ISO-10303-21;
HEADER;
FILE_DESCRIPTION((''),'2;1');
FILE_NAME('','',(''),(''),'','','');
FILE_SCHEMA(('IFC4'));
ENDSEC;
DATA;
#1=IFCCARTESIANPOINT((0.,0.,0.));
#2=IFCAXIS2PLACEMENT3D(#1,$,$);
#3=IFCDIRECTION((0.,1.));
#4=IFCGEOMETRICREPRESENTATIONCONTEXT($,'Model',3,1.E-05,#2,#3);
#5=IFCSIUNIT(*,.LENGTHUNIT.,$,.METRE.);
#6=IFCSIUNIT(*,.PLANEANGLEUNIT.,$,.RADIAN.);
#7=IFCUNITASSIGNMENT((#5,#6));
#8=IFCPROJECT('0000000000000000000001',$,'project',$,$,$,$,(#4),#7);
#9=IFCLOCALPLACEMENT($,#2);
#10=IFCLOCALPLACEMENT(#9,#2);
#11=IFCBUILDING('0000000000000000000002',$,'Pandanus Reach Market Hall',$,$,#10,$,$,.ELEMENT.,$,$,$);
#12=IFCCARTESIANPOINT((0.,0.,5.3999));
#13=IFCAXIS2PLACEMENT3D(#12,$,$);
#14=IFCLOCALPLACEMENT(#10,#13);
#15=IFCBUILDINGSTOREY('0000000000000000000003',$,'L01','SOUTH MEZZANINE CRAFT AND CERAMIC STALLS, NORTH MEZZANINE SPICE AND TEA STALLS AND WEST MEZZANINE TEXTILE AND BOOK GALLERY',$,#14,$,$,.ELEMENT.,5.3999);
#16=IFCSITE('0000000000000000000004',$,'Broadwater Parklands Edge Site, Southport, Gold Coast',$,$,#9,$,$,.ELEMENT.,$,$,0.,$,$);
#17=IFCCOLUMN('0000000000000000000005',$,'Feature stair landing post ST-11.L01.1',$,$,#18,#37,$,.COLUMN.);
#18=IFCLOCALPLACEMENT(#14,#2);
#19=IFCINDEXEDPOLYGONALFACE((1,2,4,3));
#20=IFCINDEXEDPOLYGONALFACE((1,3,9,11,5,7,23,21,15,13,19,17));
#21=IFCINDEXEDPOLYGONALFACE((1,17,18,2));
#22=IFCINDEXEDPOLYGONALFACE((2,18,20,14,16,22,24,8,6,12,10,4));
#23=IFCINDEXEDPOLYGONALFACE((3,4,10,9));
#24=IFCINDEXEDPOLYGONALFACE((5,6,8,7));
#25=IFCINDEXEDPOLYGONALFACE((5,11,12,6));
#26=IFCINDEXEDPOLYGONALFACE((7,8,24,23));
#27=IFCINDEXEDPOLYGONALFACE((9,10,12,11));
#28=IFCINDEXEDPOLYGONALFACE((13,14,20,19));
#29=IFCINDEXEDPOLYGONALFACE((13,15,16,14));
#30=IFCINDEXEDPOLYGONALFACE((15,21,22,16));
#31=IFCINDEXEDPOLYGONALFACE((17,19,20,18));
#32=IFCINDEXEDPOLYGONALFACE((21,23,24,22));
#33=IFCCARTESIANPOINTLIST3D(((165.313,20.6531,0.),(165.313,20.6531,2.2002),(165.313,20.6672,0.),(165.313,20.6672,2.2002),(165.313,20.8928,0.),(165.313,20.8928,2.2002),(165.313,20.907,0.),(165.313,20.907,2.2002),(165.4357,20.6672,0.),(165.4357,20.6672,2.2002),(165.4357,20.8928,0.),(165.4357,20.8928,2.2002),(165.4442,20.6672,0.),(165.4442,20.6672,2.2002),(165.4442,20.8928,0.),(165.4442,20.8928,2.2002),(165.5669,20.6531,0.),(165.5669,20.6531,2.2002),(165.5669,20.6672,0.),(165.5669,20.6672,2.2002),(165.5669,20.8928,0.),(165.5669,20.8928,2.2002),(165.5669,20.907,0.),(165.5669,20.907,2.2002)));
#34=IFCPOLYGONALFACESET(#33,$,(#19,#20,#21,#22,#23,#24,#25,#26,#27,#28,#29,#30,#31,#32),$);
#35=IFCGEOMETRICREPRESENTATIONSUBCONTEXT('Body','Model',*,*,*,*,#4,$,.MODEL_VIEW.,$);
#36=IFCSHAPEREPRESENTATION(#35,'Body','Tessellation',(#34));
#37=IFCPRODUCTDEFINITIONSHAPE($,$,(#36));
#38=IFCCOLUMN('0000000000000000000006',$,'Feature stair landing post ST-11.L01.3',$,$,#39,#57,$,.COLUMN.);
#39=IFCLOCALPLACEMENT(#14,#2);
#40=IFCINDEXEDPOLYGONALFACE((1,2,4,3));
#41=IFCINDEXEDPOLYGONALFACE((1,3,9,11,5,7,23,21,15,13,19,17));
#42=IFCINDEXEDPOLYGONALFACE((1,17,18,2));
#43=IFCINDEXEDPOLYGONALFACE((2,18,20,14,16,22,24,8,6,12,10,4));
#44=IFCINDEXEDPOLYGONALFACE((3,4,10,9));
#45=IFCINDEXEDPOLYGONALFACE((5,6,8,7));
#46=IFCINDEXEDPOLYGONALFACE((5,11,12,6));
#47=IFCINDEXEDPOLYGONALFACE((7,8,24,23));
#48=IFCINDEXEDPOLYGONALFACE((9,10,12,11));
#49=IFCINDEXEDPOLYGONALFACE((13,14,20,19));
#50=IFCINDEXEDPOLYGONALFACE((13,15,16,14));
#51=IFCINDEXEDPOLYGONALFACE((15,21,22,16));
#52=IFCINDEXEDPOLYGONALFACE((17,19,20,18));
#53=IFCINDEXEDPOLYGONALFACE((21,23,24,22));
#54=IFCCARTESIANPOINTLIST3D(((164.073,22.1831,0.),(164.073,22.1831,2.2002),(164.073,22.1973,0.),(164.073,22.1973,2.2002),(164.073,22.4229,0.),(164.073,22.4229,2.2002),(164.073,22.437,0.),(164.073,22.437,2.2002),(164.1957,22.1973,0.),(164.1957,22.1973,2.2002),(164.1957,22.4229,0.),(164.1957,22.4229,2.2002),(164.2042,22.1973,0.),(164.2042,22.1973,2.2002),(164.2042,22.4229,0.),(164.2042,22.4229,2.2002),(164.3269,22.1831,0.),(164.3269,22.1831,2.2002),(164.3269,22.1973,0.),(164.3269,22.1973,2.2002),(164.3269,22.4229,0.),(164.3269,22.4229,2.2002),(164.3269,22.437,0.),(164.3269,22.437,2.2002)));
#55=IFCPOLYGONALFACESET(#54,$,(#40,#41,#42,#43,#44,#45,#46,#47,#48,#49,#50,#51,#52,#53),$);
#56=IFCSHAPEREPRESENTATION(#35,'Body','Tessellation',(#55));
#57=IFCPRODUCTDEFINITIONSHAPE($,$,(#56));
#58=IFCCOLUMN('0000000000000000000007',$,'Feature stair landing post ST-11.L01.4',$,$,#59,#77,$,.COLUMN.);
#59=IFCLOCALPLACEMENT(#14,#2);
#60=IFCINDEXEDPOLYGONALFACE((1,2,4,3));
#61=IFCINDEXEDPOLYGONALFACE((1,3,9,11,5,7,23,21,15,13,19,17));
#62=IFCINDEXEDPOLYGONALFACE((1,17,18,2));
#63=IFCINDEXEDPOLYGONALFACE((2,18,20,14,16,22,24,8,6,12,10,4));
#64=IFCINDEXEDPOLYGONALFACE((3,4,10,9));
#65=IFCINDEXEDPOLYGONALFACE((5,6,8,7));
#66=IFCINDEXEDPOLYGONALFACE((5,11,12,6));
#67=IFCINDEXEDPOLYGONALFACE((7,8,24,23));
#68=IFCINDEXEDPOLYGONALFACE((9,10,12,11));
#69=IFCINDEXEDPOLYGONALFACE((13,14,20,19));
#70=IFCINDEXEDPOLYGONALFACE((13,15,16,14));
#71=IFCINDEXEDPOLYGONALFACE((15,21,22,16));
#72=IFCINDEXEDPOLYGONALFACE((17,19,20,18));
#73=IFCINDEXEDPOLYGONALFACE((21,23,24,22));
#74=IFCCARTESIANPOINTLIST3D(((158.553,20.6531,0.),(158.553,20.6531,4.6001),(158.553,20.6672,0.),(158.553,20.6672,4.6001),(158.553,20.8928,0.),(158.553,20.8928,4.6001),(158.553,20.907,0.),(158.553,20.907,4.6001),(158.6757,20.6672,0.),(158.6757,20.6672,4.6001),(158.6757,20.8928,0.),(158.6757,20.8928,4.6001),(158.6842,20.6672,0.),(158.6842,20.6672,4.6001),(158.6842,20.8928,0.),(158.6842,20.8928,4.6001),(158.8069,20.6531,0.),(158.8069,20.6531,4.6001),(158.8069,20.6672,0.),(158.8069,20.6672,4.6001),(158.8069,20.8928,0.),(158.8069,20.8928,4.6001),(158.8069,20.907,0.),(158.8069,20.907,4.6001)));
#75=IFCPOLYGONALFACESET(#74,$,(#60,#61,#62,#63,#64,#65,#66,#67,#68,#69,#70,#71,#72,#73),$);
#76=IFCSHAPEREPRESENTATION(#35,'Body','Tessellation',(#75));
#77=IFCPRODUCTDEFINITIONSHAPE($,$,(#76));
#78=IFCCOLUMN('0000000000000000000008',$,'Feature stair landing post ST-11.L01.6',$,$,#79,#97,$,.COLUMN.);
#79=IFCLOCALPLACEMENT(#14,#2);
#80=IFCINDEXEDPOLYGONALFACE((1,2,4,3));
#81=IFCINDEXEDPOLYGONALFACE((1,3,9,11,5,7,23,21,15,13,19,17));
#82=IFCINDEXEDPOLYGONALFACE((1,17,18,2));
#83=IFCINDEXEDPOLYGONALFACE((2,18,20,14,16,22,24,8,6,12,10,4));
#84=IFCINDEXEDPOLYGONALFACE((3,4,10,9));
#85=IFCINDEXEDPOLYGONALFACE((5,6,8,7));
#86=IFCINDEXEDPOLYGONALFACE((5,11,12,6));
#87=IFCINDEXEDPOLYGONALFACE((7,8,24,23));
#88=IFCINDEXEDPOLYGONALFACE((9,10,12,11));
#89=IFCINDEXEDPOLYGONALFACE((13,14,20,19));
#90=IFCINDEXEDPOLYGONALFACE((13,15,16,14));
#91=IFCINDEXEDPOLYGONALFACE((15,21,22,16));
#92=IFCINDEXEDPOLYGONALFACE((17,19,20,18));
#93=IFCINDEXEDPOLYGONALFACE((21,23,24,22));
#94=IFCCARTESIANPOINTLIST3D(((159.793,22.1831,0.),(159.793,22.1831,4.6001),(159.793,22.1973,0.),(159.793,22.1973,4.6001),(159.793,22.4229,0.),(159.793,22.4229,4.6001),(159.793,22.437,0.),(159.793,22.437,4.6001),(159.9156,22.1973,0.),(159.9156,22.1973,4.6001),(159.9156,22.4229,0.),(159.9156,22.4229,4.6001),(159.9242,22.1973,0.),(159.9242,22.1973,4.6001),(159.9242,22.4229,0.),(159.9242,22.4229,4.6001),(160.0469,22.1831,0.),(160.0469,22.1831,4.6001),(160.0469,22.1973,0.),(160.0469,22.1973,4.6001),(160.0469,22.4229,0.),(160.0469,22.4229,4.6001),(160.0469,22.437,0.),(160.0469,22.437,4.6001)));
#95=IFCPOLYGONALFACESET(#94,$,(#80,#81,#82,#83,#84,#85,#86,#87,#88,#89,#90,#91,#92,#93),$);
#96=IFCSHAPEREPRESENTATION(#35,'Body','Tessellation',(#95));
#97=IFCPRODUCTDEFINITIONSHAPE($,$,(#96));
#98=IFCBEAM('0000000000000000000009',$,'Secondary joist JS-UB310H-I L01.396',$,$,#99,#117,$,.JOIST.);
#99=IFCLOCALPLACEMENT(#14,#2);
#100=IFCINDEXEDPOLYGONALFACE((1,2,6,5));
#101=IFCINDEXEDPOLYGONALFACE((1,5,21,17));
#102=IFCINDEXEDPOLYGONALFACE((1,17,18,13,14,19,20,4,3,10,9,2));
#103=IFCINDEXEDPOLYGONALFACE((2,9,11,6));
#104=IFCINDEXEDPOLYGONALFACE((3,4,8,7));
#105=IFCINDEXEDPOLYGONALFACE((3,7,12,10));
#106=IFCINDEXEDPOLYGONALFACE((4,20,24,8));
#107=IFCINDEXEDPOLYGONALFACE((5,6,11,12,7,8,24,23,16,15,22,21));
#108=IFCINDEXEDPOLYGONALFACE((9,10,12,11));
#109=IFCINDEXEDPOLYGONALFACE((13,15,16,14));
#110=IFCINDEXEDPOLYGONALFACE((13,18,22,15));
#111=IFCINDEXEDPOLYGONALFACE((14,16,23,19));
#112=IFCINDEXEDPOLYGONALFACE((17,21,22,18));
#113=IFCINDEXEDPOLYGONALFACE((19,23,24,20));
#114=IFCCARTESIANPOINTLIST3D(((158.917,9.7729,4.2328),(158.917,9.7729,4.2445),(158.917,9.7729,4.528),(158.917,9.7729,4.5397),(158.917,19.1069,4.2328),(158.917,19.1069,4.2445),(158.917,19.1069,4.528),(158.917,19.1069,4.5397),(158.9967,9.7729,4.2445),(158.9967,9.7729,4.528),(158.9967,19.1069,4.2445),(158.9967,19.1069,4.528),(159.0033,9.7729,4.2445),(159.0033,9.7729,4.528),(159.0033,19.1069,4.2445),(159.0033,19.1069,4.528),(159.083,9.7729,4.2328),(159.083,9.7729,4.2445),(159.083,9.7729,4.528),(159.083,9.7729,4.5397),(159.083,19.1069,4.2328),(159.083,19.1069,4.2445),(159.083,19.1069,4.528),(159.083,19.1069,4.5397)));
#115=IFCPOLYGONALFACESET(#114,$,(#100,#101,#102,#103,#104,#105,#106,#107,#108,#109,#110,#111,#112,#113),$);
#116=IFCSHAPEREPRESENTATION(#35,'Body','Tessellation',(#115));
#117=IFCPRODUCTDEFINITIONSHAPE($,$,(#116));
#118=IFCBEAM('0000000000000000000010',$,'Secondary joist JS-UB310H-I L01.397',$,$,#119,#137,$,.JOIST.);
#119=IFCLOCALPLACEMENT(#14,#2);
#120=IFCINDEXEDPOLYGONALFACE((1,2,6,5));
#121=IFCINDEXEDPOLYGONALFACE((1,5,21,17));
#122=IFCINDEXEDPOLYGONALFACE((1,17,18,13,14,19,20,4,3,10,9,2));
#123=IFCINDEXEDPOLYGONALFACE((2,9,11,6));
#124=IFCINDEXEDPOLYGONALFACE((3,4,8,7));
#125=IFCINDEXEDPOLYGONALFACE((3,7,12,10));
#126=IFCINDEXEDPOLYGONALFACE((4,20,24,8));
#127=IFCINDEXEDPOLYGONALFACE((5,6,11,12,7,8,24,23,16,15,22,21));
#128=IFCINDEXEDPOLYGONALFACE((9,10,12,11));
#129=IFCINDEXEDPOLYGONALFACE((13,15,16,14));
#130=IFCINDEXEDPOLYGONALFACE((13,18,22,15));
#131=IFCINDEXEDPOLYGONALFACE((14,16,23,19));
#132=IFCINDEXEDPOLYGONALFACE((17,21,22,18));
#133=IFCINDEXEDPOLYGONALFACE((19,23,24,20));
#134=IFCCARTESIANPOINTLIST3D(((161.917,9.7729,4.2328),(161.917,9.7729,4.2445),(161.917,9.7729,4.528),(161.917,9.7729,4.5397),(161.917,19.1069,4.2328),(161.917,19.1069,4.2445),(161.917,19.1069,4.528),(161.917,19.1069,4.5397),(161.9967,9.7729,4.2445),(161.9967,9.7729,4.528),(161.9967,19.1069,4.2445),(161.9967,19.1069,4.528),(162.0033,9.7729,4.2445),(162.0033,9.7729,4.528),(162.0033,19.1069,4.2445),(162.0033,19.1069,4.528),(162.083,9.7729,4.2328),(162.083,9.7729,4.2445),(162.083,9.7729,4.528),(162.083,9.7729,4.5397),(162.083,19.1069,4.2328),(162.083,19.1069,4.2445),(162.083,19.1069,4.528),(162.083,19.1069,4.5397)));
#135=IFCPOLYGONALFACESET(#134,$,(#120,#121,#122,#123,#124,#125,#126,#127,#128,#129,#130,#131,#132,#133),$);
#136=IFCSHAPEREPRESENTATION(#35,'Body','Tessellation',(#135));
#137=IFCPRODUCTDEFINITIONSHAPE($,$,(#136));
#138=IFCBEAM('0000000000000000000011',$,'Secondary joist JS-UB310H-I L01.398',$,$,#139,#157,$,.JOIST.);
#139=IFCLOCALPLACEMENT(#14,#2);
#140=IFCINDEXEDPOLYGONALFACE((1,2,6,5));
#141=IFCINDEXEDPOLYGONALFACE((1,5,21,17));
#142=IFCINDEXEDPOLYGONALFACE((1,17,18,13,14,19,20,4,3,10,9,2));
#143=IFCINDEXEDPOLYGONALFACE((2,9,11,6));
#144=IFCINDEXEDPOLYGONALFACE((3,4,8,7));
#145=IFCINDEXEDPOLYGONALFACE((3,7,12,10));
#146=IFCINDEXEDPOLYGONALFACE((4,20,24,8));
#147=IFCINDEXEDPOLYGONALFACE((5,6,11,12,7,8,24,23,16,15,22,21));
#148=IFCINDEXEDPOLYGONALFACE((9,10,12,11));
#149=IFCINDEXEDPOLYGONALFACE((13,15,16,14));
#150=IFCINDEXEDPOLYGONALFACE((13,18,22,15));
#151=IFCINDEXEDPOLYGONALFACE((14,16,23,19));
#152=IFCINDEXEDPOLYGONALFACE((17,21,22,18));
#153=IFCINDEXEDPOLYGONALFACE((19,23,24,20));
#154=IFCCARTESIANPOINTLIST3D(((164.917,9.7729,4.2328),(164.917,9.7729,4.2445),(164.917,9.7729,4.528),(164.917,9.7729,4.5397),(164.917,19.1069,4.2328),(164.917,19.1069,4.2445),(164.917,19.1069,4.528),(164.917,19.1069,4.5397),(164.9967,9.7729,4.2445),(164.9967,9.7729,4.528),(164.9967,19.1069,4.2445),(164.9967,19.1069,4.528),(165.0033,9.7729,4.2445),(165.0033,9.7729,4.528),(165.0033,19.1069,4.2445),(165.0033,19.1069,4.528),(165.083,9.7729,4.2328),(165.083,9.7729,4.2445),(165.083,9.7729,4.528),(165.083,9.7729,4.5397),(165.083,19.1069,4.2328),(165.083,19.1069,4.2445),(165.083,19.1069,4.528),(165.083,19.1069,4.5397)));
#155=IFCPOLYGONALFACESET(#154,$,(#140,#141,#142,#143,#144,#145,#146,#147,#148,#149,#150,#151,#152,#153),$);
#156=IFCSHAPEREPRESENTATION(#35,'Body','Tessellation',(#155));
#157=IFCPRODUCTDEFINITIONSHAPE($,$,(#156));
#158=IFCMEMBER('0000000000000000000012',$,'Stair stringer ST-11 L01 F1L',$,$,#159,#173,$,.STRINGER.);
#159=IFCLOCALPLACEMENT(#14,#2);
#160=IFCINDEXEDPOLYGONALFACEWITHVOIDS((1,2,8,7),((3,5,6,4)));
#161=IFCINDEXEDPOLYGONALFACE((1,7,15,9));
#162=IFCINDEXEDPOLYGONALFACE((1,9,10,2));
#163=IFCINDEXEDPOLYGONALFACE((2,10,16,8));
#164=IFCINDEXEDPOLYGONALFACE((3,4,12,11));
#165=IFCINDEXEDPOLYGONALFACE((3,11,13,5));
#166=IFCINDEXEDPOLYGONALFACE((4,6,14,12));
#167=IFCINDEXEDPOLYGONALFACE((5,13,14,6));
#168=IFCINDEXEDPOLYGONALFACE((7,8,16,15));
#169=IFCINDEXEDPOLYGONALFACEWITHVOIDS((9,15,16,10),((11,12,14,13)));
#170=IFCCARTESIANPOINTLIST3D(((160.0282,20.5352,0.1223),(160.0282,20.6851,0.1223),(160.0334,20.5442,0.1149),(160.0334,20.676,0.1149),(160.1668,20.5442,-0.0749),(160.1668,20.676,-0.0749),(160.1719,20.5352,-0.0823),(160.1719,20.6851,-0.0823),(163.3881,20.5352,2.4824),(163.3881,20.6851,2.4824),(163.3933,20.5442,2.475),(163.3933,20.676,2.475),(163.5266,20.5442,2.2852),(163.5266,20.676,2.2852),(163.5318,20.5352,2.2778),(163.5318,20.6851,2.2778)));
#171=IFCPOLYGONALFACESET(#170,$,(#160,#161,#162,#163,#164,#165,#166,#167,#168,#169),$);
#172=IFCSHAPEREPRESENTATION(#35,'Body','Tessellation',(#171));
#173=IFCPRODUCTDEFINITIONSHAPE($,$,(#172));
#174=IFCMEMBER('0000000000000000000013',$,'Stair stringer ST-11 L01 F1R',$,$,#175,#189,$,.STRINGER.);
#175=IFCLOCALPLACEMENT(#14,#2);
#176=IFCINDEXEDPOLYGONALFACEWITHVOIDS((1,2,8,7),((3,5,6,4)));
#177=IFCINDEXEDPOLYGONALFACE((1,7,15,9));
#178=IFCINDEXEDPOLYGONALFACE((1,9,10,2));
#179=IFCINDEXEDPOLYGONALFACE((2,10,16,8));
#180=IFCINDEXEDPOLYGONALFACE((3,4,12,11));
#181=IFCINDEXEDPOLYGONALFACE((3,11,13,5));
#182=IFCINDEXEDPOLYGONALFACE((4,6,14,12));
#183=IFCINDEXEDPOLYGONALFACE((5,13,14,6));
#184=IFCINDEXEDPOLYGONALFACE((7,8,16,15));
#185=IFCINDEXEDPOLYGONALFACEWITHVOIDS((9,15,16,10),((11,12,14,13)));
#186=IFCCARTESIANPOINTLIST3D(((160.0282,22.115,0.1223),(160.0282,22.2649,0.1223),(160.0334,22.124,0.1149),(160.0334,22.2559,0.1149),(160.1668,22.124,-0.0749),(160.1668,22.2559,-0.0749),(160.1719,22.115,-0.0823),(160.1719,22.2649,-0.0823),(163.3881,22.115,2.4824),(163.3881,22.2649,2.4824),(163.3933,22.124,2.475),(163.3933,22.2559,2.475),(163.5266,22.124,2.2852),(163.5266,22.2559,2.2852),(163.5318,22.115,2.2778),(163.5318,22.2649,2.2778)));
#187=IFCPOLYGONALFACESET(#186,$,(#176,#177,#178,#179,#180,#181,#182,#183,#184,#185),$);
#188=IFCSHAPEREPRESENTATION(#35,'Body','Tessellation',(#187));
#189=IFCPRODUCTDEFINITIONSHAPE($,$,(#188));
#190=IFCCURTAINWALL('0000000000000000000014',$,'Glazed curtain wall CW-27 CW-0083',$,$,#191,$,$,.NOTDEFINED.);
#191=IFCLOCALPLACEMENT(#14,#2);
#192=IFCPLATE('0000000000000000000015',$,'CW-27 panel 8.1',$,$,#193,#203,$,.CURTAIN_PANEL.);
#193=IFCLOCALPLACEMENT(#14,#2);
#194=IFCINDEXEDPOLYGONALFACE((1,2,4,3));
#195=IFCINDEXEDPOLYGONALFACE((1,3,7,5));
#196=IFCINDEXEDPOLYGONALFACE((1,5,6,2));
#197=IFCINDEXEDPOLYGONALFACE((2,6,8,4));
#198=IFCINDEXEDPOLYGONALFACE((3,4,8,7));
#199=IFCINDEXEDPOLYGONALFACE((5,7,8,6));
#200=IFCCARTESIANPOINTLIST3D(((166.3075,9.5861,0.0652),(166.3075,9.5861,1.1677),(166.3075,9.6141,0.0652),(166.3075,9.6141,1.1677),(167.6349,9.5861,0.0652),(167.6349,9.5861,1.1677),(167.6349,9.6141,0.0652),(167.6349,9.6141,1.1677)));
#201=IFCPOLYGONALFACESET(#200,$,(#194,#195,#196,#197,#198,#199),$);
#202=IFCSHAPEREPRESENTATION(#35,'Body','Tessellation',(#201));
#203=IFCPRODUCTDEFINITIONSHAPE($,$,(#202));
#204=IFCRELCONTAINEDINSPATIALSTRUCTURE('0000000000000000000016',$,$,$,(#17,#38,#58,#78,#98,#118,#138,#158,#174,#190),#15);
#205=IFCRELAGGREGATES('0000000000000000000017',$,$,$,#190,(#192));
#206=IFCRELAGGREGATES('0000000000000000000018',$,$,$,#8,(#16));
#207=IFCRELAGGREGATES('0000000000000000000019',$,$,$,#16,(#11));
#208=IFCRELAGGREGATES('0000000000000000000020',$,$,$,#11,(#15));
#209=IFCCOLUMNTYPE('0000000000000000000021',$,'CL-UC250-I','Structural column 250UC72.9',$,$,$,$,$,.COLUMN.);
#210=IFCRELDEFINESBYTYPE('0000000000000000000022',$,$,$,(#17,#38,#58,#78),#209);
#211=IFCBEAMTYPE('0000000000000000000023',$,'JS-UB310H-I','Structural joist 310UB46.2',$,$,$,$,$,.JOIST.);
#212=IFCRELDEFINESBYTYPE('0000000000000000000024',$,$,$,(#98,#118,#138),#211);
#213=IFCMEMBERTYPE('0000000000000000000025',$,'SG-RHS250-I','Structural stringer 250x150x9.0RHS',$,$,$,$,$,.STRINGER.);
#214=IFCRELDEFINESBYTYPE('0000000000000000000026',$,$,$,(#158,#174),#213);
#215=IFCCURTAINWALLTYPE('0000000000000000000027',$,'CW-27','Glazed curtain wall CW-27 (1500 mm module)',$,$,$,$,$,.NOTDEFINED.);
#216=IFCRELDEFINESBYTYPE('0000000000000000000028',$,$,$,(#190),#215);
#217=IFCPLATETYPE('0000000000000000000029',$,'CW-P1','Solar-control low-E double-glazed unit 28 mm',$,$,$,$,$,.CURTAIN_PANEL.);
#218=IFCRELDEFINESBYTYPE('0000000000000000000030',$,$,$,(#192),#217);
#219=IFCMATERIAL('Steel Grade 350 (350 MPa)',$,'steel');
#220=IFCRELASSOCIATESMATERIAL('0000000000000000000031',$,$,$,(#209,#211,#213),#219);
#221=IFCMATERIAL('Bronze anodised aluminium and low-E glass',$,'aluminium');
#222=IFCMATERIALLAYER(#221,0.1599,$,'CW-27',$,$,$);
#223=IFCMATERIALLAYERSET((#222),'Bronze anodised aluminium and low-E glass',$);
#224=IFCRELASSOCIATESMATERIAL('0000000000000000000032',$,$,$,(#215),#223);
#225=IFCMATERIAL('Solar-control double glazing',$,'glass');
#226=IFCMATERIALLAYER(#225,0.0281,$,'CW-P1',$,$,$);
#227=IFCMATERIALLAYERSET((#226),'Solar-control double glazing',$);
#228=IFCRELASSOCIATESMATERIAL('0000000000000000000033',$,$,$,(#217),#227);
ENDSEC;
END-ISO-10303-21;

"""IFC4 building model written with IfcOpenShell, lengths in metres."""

from ifc_helpers import new_model, si_unit, direction, frame, origin, origin_2d, place, context, subcontext, project, spatial, rectangle, hollow_rectangle, i_section, extrude, material, layer, layer_set, material_profile, profile_set, type_object, element, aggregate, save


model = new_model("IFC4")

# Units and contexts
model_context = context("Model", 3, precision=1e-05, world=origin(), true_north=direction((0.0, 1.0)))
body_context = subcontext(model_context, "Body", "Model", "MODEL_VIEW")
ifc_project = project(units=[si_unit("LENGTHUNIT", "METRE"), si_unit("PLANEANGLEUNIT", "RADIAN")], contexts=[model_context])

# Site, building, storey
site_placement = place(None, origin())
site = spatial("IfcSite", under=ifc_project, at=site_placement, Name="Broadwater Parklands Edge Site, Southport, Gold Coast", CompositionType="ELEMENT", RefElevation=0.0)
building_placement = place(site_placement, origin())
building = spatial("IfcBuilding", under=site, at=building_placement, Name="Pandanus Reach Market Hall", CompositionType="ELEMENT")
storey_placement = place(building_placement, frame((0.0, 0.0, 5.3999)))
storey = spatial("IfcBuildingStorey", under=building, at=storey_placement, Name="L01", Description="SOUTH MEZZANINE CRAFT AND CERAMIC STALLS, NORTH MEZZANINE SPICE AND TEA STALLS AND WEST MEZZANINE TEXTILE AND BOOK GALLERY", CompositionType="ELEMENT", Elevation=5.3999)

# Columns
ifc_material_1 = material(Name="Steel Grade 350 (350 MPa)", Category="steel")
ifc_material_profile_1 = material_profile(ifc_material_1, i_section(OverallWidth=0.2539, OverallDepth=0.2539, WebThickness=0.0085, FlangeThickness=0.0142, at=origin_2d()), Name="250UC72.9", Category="LoadBearing")
ifc_profile_set_1 = profile_set([ifc_material_profile_1], Name="Steel Grade 350 (350 MPa)")
column_type = type_object("IfcColumnType", Name="CL-UC250-I", Description="Structural column 250UC72.9", PredefinedType="COLUMN", material=ifc_profile_set_1)
for number, where, z_axis, x_axis, name in (
    (1, (165.4399, 20.78, 0.0), (0.0, 0.0, 1.0), (1.0, 0.0, 0.0), "Feature stair landing post ST-11.L01.1"),
    (2, (164.2, 22.3101, 0.0), (0.0, 0.0, 1.0), (1.0, 0.0, 0.0), "Feature stair landing post ST-11.L01.3"),
):
    element("IfcColumn", number, at=place(storey_placement, frame(where, z_axis=z_axis, x_axis=x_axis)), inside=storey, type_object=column_type, Name=name, PredefinedType="COLUMN", context=body_context, shape_type="SweptSolid", body=[
        extrude(i_section(OverallWidth=0.2539, OverallDepth=0.2539, WebThickness=0.0085, FlangeThickness=0.0142, at=origin_2d()), origin(), (0.0, 0.0, 1.0), 2.2002),
    ])
for number, where, z_axis, x_axis, name in (
    (3, (158.6799, 20.78, 0.0), (0.0, 0.0, 1.0), (1.0, 0.0, 0.0), "Feature stair landing post ST-11.L01.4"),
    (4, (159.9199, 22.3101, 0.0), (0.0, 0.0, 1.0), (1.0, 0.0, 0.0), "Feature stair landing post ST-11.L01.6"),
):
    element("IfcColumn", number, at=place(storey_placement, frame(where, z_axis=z_axis, x_axis=x_axis)), inside=storey, type_object=column_type, Name=name, PredefinedType="COLUMN", context=body_context, shape_type="SweptSolid", body=[
        extrude(i_section(OverallWidth=0.2539, OverallDepth=0.2539, WebThickness=0.0085, FlangeThickness=0.0142, at=origin_2d()), origin(), (0.0, 0.0, 1.0), 4.6001),
    ])

# Beams
ifc_material_profile_2 = material_profile(ifc_material_1, i_section(OverallWidth=0.166, OverallDepth=0.3069, WebThickness=0.0066, FlangeThickness=0.0117, at=origin_2d()), Name="310UB46.2", Category="LoadBearing")
ifc_profile_set_2 = profile_set([ifc_material_profile_2], Name="Steel Grade 350 (350 MPa)")
beam_type = type_object("IfcBeamType", Name="JS-UB310H-I", Description="Structural joist 310UB46.2", PredefinedType="JOIST", material=ifc_profile_set_2)
for number, where, z_axis, x_axis, name in (
    (5, (159.0, 9.7729, 4.3862), (0.0, 1.0, 0.0), (-1.0, 0.0, 0.0), "Secondary joist JS-UB310H-I L01.396"),
    (6, (162.0, 9.7729, 4.3862), (0.0, 1.0, 0.0), (-1.0, 0.0, 0.0), "Secondary joist JS-UB310H-I L01.397"),
    (7, (165.0, 9.7729, 4.3862), (0.0, 1.0, 0.0), (-1.0, 0.0, 0.0), "Secondary joist JS-UB310H-I L01.398"),
):
    element("IfcBeam", number, at=place(storey_placement, frame(where, z_axis=z_axis, x_axis=x_axis)), inside=storey, type_object=beam_type, Name=name, PredefinedType="JOIST", context=body_context, shape_type="SweptSolid", body=[
        extrude(i_section(OverallWidth=0.166, OverallDepth=0.3069, WebThickness=0.0066, FlangeThickness=0.0117, at=origin_2d()), origin(), (0.0, 0.0, 1.0), 9.334),
    ])

# Members
ifc_material_profile_3 = material_profile(ifc_material_1, hollow_rectangle(XDim=0.1499, YDim=0.25, WallThickness=0.009, at=origin_2d()), Name="250x150x9.0RHS", Category="LoadBearing")
ifc_profile_set_3 = profile_set([ifc_material_profile_3], Name="Steel Grade 350 (350 MPa)")
member_type = type_object("IfcMemberType", Name="SG-RHS250-I", Description="Structural stringer 250x150x9.0RHS", PredefinedType="STRINGER", material=ifc_profile_set_3)
for number, where, z_axis, x_axis, name in (
    (8, (160.1001, 20.6101, 0.02), (0.818292, 0.0, 0.574802), (0.0, 1.0, 0.0), "Stair stringer ST-11 L01 F1L"),
    (9, (160.1001, 22.1899, 0.02), (0.818292, 0.0, 0.574802), (0.0, 1.0, 0.0), "Stair stringer ST-11 L01 F1R"),
):
    element("IfcMember", number, at=place(storey_placement, frame(where, z_axis=z_axis, x_axis=x_axis)), inside=storey, type_object=member_type, Name=name, PredefinedType="STRINGER", context=body_context, shape_type="SweptSolid", body=[
        extrude(hollow_rectangle(XDim=0.1499, YDim=0.25, WallThickness=0.009, at=origin_2d()), origin(), (0.0, 0.0, 1.0), 4.106),
    ])

# Curtain wall, plate
ifc_material_2 = material(Name="Bronze anodised aluminium and low-E glass", Category="aluminium")
ifc_layer_1 = layer(ifc_material_2, 0.1599, Name="CW-27")
ifc_layer_set_1 = layer_set([ifc_layer_1], Name="Bronze anodised aluminium and low-E glass")
curtain_wall_type = type_object("IfcCurtainWallType", Name="CW-27", Description="Glazed curtain wall CW-27 (1500 mm module)", PredefinedType="NOTDEFINED", material=ifc_layer_set_1)
curtain_wall_placement = place(storey_placement, origin())
curtain_wall = element("IfcCurtainWall", 10, at=curtain_wall_placement, inside=storey, type_object=curtain_wall_type, Name="Glazed curtain wall CW-27 CW-0083", PredefinedType="NOTDEFINED")
ifc_material_3 = material(Name="Solar-control double glazing", Category="glass")
ifc_layer_2 = layer(ifc_material_3, 0.0281, Name="CW-P1")
ifc_layer_set_2 = layer_set([ifc_layer_2], Name="Solar-control double glazing")
plate_type = type_object("IfcPlateType", Name="CW-P1", Description="Solar-control low-E double-glazed unit 28 mm", PredefinedType="CURTAIN_PANEL", material=ifc_layer_set_2)
plate_placement = place(storey_placement, frame((166.9712, 9.6001, 0.0652), z_axis=(0.0, 0.0, 1.0), x_axis=(1.0, 0.0, 0.0)))
plate = element("IfcPlate", 11, at=plate_placement, type_object=plate_type, Name="CW-27 panel 8.1", PredefinedType="CURTAIN_PANEL", context=body_context, shape_type="SweptSolid", body=[
    extrude(rectangle(XDim=1.3274, YDim=0.0281, at=origin_2d()), origin(), (0.0, 0.0, 1.0), 1.1025),
])
aggregate(curtain_wall, [plate])

save(model, "model.ifc")
